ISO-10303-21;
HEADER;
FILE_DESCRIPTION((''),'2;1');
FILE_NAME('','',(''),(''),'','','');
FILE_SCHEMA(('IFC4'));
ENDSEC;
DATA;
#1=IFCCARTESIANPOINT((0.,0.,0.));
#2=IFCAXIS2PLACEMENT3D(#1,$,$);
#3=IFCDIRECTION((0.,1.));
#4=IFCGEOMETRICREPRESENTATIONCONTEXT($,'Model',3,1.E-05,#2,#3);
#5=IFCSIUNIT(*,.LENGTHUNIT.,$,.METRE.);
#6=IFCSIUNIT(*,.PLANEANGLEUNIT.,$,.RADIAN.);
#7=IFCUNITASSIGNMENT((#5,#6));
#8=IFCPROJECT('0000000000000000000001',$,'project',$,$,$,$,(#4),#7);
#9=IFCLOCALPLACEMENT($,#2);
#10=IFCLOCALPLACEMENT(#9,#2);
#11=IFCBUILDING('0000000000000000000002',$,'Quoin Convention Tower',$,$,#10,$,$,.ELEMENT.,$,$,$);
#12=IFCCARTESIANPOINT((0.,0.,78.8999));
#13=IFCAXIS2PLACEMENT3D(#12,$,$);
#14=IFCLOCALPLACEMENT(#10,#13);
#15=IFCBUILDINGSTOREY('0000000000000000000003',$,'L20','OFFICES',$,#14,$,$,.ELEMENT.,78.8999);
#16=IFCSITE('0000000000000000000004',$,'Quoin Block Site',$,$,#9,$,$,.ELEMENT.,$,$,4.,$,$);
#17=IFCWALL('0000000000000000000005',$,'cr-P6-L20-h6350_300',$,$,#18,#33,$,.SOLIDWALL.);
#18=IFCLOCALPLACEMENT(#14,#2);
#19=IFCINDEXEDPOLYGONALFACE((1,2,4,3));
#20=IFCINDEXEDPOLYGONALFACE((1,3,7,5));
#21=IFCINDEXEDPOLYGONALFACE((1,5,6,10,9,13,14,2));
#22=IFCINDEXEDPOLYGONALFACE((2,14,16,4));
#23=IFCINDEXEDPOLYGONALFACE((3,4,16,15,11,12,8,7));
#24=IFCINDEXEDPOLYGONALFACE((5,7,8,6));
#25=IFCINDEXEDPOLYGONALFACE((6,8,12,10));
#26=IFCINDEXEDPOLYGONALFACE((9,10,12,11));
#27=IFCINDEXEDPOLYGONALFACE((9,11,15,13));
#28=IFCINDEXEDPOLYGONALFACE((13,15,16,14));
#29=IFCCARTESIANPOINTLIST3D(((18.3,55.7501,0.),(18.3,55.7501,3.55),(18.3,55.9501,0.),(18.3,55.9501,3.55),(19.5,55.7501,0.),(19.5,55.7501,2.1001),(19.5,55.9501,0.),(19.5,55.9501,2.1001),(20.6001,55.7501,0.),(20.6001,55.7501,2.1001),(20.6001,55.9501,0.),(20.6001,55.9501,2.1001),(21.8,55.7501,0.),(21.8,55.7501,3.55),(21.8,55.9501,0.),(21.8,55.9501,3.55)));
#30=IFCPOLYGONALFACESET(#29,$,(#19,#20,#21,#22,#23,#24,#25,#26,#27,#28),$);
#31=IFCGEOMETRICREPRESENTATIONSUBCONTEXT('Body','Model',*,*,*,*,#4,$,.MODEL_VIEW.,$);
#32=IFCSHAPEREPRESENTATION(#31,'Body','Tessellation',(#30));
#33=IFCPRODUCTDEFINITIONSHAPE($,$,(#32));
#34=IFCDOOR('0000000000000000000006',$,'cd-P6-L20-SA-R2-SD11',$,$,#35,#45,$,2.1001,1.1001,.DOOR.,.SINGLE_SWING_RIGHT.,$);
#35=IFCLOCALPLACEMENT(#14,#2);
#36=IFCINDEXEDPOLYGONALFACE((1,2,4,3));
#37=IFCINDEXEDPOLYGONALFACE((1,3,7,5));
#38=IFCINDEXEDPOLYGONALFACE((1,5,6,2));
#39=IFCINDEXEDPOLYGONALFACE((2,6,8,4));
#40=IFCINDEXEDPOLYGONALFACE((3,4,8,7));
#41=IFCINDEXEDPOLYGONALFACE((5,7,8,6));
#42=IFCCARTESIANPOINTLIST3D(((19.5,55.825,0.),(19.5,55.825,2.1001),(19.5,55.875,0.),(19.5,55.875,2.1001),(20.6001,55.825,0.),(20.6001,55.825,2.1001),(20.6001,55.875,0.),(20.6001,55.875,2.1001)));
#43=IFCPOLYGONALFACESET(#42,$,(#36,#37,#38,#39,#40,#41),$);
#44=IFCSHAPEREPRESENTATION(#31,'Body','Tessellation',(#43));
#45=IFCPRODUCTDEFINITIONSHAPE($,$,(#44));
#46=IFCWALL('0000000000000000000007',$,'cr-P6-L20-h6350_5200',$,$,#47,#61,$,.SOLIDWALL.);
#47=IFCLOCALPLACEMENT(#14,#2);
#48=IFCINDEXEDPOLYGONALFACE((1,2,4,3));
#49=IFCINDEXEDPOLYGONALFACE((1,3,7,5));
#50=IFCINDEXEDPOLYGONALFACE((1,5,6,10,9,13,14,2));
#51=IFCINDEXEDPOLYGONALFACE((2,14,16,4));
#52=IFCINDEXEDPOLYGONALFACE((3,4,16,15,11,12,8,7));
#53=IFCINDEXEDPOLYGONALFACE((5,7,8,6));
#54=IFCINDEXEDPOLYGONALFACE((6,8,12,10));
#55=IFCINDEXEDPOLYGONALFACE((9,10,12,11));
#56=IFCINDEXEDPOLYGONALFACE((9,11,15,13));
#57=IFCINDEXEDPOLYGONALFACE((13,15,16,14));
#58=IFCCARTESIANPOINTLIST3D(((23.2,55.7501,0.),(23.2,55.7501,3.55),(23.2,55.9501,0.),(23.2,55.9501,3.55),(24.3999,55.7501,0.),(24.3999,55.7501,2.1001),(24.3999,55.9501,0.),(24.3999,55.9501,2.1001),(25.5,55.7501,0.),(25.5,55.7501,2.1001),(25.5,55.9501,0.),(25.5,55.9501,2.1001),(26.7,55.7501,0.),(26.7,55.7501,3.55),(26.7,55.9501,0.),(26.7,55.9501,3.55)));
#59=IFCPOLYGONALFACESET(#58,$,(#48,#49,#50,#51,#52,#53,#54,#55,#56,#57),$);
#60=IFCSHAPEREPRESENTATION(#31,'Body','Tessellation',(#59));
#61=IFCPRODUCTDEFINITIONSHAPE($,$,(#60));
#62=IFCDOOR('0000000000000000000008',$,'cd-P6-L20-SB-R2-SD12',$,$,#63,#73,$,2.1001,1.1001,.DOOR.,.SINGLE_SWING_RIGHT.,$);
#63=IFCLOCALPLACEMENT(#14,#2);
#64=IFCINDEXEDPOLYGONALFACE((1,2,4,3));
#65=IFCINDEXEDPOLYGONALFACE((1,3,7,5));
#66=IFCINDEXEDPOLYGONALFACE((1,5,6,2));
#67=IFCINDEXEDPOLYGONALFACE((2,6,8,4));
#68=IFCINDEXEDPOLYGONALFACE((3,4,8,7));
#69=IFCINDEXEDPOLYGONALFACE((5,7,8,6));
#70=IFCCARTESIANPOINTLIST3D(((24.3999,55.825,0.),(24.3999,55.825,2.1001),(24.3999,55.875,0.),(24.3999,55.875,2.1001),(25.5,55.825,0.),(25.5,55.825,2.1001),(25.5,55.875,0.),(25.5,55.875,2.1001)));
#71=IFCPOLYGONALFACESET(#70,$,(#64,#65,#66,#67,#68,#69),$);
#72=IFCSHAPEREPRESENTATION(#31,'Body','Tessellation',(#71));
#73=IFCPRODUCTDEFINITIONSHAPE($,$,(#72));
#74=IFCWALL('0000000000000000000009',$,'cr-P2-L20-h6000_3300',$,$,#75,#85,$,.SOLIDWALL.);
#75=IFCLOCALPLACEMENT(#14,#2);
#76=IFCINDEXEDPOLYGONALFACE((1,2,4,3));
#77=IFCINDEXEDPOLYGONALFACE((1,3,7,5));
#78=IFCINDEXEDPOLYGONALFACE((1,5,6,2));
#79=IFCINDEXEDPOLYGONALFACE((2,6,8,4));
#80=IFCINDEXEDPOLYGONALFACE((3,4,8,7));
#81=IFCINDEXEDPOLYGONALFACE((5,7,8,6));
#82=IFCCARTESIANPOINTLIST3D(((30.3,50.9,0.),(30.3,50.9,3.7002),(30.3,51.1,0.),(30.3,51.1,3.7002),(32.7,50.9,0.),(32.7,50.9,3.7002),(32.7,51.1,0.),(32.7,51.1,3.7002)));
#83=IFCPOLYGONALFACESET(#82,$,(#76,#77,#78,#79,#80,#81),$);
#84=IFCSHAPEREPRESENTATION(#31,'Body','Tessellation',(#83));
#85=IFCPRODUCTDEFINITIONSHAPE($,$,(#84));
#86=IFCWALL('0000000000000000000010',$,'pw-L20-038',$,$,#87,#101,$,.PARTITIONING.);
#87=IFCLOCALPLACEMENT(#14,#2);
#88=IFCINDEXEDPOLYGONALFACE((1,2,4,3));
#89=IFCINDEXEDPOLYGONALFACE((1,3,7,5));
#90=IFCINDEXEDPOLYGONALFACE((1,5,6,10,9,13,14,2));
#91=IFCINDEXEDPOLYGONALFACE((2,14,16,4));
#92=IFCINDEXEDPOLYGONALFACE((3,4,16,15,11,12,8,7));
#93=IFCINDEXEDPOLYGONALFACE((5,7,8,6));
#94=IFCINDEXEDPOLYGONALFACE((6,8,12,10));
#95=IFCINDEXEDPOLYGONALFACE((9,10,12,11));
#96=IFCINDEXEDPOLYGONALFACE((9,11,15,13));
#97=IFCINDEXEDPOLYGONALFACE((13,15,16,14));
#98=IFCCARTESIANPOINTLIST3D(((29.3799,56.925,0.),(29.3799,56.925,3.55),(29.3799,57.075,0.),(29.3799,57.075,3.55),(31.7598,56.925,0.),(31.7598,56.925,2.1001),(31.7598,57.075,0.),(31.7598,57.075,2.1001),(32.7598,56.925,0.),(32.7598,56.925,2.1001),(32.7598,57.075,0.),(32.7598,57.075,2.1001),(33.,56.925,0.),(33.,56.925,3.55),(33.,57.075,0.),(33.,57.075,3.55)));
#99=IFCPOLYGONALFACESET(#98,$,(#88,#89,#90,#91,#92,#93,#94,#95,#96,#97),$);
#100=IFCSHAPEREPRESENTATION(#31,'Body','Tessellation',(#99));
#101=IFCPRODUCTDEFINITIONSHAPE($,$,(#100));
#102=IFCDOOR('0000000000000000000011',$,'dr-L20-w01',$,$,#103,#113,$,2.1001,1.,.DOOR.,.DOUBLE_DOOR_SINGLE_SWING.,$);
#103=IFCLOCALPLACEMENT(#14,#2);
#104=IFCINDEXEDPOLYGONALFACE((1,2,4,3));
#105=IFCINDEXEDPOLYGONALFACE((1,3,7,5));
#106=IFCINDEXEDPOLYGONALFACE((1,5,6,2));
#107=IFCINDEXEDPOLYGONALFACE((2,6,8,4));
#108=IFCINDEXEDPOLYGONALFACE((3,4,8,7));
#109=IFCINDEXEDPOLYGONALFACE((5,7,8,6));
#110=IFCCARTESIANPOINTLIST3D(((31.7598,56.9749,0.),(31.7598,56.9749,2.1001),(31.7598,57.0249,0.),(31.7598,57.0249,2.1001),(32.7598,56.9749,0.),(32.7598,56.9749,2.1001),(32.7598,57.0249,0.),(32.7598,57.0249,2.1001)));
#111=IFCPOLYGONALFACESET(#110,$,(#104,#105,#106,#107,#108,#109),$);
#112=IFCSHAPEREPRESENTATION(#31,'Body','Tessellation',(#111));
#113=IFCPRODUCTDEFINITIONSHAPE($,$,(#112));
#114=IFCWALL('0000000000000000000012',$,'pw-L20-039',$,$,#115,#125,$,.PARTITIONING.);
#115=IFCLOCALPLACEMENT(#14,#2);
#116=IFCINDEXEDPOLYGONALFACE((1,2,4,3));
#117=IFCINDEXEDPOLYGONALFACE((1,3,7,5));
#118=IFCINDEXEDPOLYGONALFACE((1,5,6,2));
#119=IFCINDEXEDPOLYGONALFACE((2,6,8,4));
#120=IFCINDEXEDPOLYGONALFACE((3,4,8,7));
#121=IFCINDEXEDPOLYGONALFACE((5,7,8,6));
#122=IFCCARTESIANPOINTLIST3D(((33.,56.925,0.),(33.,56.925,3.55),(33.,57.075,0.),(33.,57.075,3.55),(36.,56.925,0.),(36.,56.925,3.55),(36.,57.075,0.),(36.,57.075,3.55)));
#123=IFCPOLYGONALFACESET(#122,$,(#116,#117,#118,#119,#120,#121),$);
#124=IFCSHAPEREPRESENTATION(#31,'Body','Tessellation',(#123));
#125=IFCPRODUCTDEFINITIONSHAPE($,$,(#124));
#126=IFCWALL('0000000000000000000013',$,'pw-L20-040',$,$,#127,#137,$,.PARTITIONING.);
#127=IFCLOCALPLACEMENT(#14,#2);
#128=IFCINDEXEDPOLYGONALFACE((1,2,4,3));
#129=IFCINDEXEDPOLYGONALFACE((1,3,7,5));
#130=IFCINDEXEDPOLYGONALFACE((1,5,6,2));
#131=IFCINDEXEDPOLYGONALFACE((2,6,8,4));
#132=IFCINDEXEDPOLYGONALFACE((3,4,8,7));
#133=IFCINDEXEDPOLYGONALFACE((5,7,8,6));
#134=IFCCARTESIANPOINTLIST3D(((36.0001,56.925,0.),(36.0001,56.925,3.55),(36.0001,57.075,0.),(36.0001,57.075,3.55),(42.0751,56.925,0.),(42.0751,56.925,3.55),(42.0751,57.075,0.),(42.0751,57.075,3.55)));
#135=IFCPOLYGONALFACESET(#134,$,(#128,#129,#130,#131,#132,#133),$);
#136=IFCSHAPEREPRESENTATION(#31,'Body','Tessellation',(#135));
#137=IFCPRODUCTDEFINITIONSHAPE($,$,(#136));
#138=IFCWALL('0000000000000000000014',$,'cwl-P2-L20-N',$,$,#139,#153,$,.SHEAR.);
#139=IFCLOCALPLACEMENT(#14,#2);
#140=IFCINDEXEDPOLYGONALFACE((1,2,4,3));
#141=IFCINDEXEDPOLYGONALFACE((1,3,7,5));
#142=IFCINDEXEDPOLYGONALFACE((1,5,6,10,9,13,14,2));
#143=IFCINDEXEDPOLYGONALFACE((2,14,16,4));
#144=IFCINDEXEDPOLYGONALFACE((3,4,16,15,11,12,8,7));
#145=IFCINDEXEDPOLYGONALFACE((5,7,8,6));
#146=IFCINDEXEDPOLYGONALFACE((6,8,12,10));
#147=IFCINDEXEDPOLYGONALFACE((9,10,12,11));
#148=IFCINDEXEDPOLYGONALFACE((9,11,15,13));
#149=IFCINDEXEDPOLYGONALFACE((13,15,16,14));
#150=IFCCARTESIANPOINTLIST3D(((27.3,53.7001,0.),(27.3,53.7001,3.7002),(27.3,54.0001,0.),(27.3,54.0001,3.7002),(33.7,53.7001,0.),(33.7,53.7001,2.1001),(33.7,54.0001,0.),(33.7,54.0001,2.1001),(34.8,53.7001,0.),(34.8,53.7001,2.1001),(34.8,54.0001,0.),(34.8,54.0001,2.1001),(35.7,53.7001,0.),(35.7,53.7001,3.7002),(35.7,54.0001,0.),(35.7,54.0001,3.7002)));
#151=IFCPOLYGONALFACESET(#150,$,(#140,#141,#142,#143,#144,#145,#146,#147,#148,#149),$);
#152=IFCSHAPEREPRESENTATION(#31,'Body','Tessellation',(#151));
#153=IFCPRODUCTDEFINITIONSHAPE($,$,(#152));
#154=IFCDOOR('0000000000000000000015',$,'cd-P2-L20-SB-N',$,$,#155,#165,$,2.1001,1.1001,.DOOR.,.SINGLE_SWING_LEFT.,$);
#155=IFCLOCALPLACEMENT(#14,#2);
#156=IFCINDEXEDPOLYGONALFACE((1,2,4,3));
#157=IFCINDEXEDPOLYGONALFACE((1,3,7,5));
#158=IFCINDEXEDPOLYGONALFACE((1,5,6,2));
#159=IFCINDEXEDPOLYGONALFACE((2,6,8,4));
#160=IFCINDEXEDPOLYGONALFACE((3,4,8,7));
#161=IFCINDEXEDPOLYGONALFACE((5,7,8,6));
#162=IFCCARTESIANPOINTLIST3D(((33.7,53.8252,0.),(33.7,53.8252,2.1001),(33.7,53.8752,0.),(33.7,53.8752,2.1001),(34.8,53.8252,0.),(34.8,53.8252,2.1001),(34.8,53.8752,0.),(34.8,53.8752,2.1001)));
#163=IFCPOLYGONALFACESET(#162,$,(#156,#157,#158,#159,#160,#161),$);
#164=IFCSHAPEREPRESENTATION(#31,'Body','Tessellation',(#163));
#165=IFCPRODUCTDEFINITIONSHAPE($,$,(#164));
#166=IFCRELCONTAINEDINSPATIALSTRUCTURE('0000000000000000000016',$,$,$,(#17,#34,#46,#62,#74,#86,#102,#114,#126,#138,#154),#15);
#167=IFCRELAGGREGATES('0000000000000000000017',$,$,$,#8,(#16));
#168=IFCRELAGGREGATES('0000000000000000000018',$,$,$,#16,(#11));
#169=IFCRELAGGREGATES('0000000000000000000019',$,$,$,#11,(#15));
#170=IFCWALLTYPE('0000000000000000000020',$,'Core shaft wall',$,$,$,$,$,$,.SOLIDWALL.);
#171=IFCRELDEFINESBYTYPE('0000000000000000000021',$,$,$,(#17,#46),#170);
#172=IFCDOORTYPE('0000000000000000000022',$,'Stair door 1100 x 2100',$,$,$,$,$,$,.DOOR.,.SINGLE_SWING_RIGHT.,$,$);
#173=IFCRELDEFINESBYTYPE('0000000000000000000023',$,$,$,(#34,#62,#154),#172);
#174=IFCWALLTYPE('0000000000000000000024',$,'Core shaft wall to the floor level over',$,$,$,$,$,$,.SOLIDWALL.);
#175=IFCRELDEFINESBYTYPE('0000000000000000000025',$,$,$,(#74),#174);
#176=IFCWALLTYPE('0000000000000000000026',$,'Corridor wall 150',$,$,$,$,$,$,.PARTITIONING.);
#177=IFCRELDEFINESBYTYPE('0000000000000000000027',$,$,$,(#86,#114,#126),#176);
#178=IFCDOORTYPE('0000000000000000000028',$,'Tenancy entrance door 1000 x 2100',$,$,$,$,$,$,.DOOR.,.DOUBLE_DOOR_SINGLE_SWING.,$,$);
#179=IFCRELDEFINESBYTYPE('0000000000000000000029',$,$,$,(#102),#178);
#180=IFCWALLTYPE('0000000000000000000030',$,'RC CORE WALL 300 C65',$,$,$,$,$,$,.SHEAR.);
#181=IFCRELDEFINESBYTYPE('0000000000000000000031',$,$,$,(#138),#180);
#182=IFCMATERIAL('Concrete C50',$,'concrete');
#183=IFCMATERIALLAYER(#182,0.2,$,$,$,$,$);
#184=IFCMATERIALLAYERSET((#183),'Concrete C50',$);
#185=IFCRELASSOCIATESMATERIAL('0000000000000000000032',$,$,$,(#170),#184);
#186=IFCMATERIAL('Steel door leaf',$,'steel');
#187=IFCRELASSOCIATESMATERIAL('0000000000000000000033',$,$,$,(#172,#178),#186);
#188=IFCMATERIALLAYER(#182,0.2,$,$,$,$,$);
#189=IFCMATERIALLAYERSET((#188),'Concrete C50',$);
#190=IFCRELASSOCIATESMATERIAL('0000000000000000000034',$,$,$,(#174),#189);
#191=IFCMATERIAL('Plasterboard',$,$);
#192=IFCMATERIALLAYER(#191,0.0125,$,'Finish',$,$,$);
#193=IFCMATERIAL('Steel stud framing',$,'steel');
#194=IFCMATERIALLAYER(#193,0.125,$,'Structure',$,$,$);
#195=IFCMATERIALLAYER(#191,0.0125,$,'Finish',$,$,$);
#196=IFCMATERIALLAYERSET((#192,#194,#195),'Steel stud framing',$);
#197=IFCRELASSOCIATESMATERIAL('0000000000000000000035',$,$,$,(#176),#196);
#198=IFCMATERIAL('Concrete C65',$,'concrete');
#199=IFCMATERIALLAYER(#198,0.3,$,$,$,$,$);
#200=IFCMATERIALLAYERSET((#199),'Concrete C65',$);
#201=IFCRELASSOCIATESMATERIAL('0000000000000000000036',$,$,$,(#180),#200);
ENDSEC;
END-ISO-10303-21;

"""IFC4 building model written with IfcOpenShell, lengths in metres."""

from ifc_helpers import new_model, si_unit, direction, frame, frame_2d, origin, place, context, subcontext, project, spatial, rectangle, extrude, material, layer, layer_set, type_object, element, fill, save


model = new_model("IFC4")

# Units and contexts
model_context = context("Model", 3, precision=1e-05, world=origin(), true_north=direction((0.0, 1.0)))
body_context = subcontext(model_context, "Body", "Model", "MODEL_VIEW")
ifc_project = project(units=[si_unit("LENGTHUNIT", "METRE"), si_unit("PLANEANGLEUNIT", "RADIAN")], contexts=[model_context])

# Site, building, storey
site_placement = place(None, origin())
site = spatial("IfcSite", under=ifc_project, at=site_placement, Name="Quoin Block Site", CompositionType="ELEMENT", RefElevation=4.0)
building_placement = place(site_placement, origin())
building = spatial("IfcBuilding", under=site, at=building_placement, Name="Quoin Convention Tower", CompositionType="ELEMENT")
storey_placement = place(building_placement, frame((0.0, 0.0, 78.8999)))
storey = spatial("IfcBuildingStorey", under=building, at=storey_placement, Name="L20", Description="OFFICES", CompositionType="ELEMENT", Elevation=78.8999)

# Shared definitions
ifc_material_1 = material(Name="Concrete C65", Category="concrete")

# Shared definitions
ifc_material_2 = material(Name="Concrete C50", Category="concrete")
ifc_layer_1 = layer(ifc_material_2, 0.2)
ifc_layer_set_1 = layer_set([ifc_layer_1], Name="Concrete C50")
wall_type_1 = type_object("IfcWallType", Name="Core shaft wall", PredefinedType="SOLIDWALL", material=ifc_layer_set_1)

# Walls, openings, doors
wall_1_placement = place(storey_placement, frame((18.3, 55.8501, 0.0), z_axis=(0.0, 0.0, 1.0), x_axis=(1.0, 0.0, 0.0)))
wall_1 = element("IfcWall", 1, at=wall_1_placement, inside=storey, type_object=wall_type_1, Name="cr-P6-L20-h6350_300", PredefinedType="SOLIDWALL", context=body_context, shape_type="SweptSolid", body=[
    extrude(rectangle(XDim=3.5, YDim=0.2, at=frame_2d((1.75, 0.0))), origin(), (0.0, 0.0, 1.0), 3.55),
])
opening_1_placement = place(wall_1_placement, frame((1.2, 0.0, 0.0)))
opening_1 = element("IfcOpeningElement", 2, at=opening_1_placement, cuts=wall_1, PredefinedType="OPENING", context=body_context, shape_type="SweptSolid", body=[
    extrude(rectangle(XDim=1.1001, YDim=2.1001, at=frame_2d((0.55, 1.05))), frame((0.0, 0.1099, 0.0), z_axis=(0.0, -1.0, 0.0), x_axis=(1.0, 0.0, 0.0)), (0.0, 0.0, 1.0), 0.22),
])
ifc_material_3 = material(Name="Steel door leaf", Category="steel")
door_type_1 = type_object("IfcDoorType", Name="Stair door 1100 x 2100", OperationType="SINGLE_SWING_RIGHT", PredefinedType="DOOR", material=ifc_material_3)
door_1_placement = place(opening_1_placement, origin())
door_1 = element("IfcDoor", 3, at=door_1_placement, inside=storey, type_object=door_type_1, Name="cd-P6-L20-SA-R2-SD11", OperationType="SINGLE_SWING_RIGHT", OverallHeight=2.1001, OverallWidth=1.1001, PredefinedType="DOOR", context=body_context, shape_type="SweptSolid", body=[
    extrude(rectangle(XDim=1.1001, YDim=2.1001, at=frame_2d((0.55, 1.05))), frame((0.0, 0.0249, 0.0), z_axis=(0.0, -1.0, 0.0), x_axis=(1.0, 0.0, 0.0)), (0.0, 0.0, 1.0), 0.05),
])
fill(opening_1, door_1)
wall_2_placement = place(storey_placement, frame((23.2, 55.8501, 0.0), z_axis=(0.0, 0.0, 1.0), x_axis=(1.0, 0.0, 0.0)))
wall_2 = element("IfcWall", 4, at=wall_2_placement, inside=storey, type_object=wall_type_1, Name="cr-P6-L20-h6350_5200", PredefinedType="SOLIDWALL", context=body_context, shape_type="SweptSolid", body=[
    extrude(rectangle(XDim=3.5, YDim=0.2, at=frame_2d((1.75, 0.0))), origin(), (0.0, 0.0, 1.0), 3.55),
])
opening_2_placement = place(wall_2_placement, frame((1.2, 0.0, 0.0)))
opening_2 = element("IfcOpeningElement", 5, at=opening_2_placement, cuts=wall_2, PredefinedType="OPENING", context=body_context, shape_type="SweptSolid", body=[
    extrude(rectangle(XDim=1.1001, YDim=2.1001, at=frame_2d((0.55, 1.05))), frame((0.0, 0.1099, 0.0), z_axis=(0.0, -1.0, 0.0), x_axis=(1.0, 0.0, 0.0)), (0.0, 0.0, 1.0), 0.22),
])
door_2_placement = place(opening_2_placement, origin())
door_2 = element("IfcDoor", 6, at=door_2_placement, inside=storey, type_object=door_type_1, Name="cd-P6-L20-SB-R2-SD12", OperationType="SINGLE_SWING_RIGHT", OverallHeight=2.1001, OverallWidth=1.1001, PredefinedType="DOOR", context=body_context, shape_type="SweptSolid", body=[
    extrude(rectangle(XDim=1.1001, YDim=2.1001, at=frame_2d((0.55, 1.05))), frame((0.0, 0.0249, 0.0), z_axis=(0.0, -1.0, 0.0), x_axis=(1.0, 0.0, 0.0)), (0.0, 0.0, 1.0), 0.05),
])
fill(opening_2, door_2)

# Wall
ifc_layer_2 = layer(ifc_material_2, 0.2)
ifc_layer_set_2 = layer_set([ifc_layer_2], Name="Concrete C50")
wall_type_2 = type_object("IfcWallType", Name="Core shaft wall to the floor level over", PredefinedType="SOLIDWALL", material=ifc_layer_set_2)
wall_3_placement = place(storey_placement, frame((30.3, 51.0, 0.0), z_axis=(0.0, 0.0, 1.0), x_axis=(1.0, 0.0, 0.0)))
element("IfcWall", 7, at=wall_3_placement, inside=storey, type_object=wall_type_2, Name="cr-P2-L20-h6000_3300", PredefinedType="SOLIDWALL", context=body_context, shape_type="SweptSolid", body=[
    extrude(rectangle(XDim=2.3999, YDim=0.2, at=frame_2d((1.2, 0.0))), origin(), (0.0, 0.0, 1.0), 3.7002),
])

# Wall, opening, door
ifc_material_4 = material(Name="Plasterboard")
ifc_layer_3 = layer(ifc_material_4, 0.0125, Name="Finish")
ifc_material_5 = material(Name="Steel stud framing", Category="steel")
ifc_layer_4 = layer(ifc_material_5, 0.125, Name="Structure")
ifc_layer_5 = layer(ifc_material_4, 0.0125, Name="Finish")
ifc_layer_set_3 = layer_set([ifc_layer_3, ifc_layer_4, ifc_layer_5], Name="Steel stud framing")
wall_type_3 = type_object("IfcWallType", Name="Corridor wall 150", PredefinedType="PARTITIONING", material=ifc_layer_set_3)
wall_4_placement = place(storey_placement, frame((29.3799, 57.0, 0.0), z_axis=(0.0, 0.0, 1.0), x_axis=(1.0, 0.0, 0.0)))
wall_4 = element("IfcWall", 8, at=wall_4_placement, inside=storey, type_object=wall_type_3, Name="pw-L20-038", PredefinedType="PARTITIONING", context=body_context, shape_type="SweptSolid", body=[
    extrude(rectangle(XDim=3.6201, YDim=0.1499, at=frame_2d((1.8101, 0.0))), origin(), (0.0, 0.0, 1.0), 3.55),
])
opening_3_placement = place(wall_4_placement, frame((2.3799, 0.0, 0.0)))
opening_3 = element("IfcOpeningElement", 9, at=opening_3_placement, cuts=wall_4, PredefinedType="OPENING", context=body_context, shape_type="SweptSolid", body=[
    extrude(rectangle(XDim=1.0, YDim=2.1001, at=frame_2d((0.5, 1.05))), frame((0.0, 0.085, 0.0), z_axis=(0.0, -1.0, 0.0), x_axis=(1.0, 0.0, 0.0)), (0.0, 0.0, 1.0), 0.1699),
])
door_type_2 = type_object("IfcDoorType", Name="Tenancy entrance door 1000 x 2100", OperationType="DOUBLE_DOOR_SINGLE_SWING", PredefinedType="DOOR", material=ifc_material_3)
door_3_placement = place(opening_3_placement, origin())
door_3 = element("IfcDoor", 10, at=door_3_placement, inside=storey, type_object=door_type_2, Name="dr-L20-w01", OperationType="DOUBLE_DOOR_SINGLE_SWING", OverallHeight=2.1001, OverallWidth=1.0, PredefinedType="DOOR", context=body_context, shape_type="SweptSolid", body=[
    extrude(rectangle(XDim=1.0, YDim=2.1001, at=frame_2d((0.5, 1.05))), frame((0.0, 0.0249, 0.0), z_axis=(0.0, -1.0, 0.0), x_axis=(1.0, 0.0, 0.0)), (0.0, 0.0, 1.0), 0.05),
])
fill(opening_3, door_3)

# Walls
wall_5_placement = place(storey_placement, frame((33.0, 57.0, 0.0), z_axis=(0.0, 0.0, 1.0), x_axis=(1.0, 0.0, 0.0)))
element("IfcWall", 11, at=wall_5_placement, inside=storey, type_object=wall_type_3, Name="pw-L20-039", PredefinedType="PARTITIONING", context=body_context, shape_type="SweptSolid", body=[
    extrude(rectangle(XDim=3.0, YDim=0.1499, at=frame_2d((1.5, 0.0))), origin(), (0.0, 0.0, 1.0), 3.55),
])
wall_6_placement = place(storey_placement, frame((36.0, 57.0, 0.0), z_axis=(0.0, 0.0, 1.0), x_axis=(1.0, 0.0, 0.0)))
element("IfcWall", 12, at=wall_6_placement, inside=storey, type_object=wall_type_3, Name="pw-L20-040", PredefinedType="PARTITIONING", context=body_context, shape_type="SweptSolid", body=[
    extrude(rectangle(XDim=6.075, YDim=0.1499, at=frame_2d((3.0376, 0.0))), origin(), (0.0, 0.0, 1.0), 3.55),
])

# Wall, opening, door
ifc_layer_6 = layer(ifc_material_1, 0.3)
ifc_layer_set_4 = layer_set([ifc_layer_6], Name="Concrete C65")
wall_type_4 = type_object("IfcWallType", Name="RC CORE WALL 300 C65", PredefinedType="SHEAR", material=ifc_layer_set_4)
wall_7_placement = place(storey_placement, frame((27.3, 53.8501, 0.0), z_axis=(0.0, 0.0, 1.0), x_axis=(1.0, 0.0, 0.0)))
wall_7 = element("IfcWall", 13, at=wall_7_placement, inside=storey, type_object=wall_type_4, Name="cwl-P2-L20-N", PredefinedType="SHEAR", context=body_context, shape_type="SweptSolid", body=[
    extrude(rectangle(XDim=8.3999, YDim=0.3, at=frame_2d((4.2, 0.0))), origin(), (0.0, 0.0, 1.0), 3.7002),
])
opening_4_placement = place(wall_7_placement, frame((6.3999, 0.0, 0.0)))
opening_4 = element("IfcOpeningElement", 14, at=opening_4_placement, cuts=wall_7, PredefinedType="OPENING", context=body_context, shape_type="SweptSolid", body=[
    extrude(rectangle(XDim=1.1001, YDim=2.1001, at=frame_2d((0.55, 1.05))), frame((0.0, 0.1599, 0.0), z_axis=(0.0, -1.0, 0.0), x_axis=(1.0, 0.0, 0.0)), (0.0, 0.0, 1.0), 0.3201),
])
door_4_placement = place(opening_4_placement, frame((1.1001, 0.0, 0.0), z_axis=(0.0, 0.0, 1.0), x_axis=(-1.0, 0.0, 0.0)))
door_4 = element("IfcDoor", 15, at=door_4_placement, inside=storey, type_object=door_type_1, Name="cd-P2-L20-SB-N", OperationType="SINGLE_SWING_LEFT", OverallHeight=2.1001, OverallWidth=1.1001, PredefinedType="DOOR", context=body_context, shape_type="SweptSolid", body=[
    extrude(rectangle(XDim=1.1001, YDim=2.1001, at=frame_2d((0.55, 1.05))), frame((0.0, 0.0249, 0.0), z_axis=(0.0, -1.0, 0.0), x_axis=(1.0, 0.0, 0.0)), (0.0, 0.0, 1.0), 0.05),
])
fill(opening_4, door_4)

save(model, "model.ifc")
